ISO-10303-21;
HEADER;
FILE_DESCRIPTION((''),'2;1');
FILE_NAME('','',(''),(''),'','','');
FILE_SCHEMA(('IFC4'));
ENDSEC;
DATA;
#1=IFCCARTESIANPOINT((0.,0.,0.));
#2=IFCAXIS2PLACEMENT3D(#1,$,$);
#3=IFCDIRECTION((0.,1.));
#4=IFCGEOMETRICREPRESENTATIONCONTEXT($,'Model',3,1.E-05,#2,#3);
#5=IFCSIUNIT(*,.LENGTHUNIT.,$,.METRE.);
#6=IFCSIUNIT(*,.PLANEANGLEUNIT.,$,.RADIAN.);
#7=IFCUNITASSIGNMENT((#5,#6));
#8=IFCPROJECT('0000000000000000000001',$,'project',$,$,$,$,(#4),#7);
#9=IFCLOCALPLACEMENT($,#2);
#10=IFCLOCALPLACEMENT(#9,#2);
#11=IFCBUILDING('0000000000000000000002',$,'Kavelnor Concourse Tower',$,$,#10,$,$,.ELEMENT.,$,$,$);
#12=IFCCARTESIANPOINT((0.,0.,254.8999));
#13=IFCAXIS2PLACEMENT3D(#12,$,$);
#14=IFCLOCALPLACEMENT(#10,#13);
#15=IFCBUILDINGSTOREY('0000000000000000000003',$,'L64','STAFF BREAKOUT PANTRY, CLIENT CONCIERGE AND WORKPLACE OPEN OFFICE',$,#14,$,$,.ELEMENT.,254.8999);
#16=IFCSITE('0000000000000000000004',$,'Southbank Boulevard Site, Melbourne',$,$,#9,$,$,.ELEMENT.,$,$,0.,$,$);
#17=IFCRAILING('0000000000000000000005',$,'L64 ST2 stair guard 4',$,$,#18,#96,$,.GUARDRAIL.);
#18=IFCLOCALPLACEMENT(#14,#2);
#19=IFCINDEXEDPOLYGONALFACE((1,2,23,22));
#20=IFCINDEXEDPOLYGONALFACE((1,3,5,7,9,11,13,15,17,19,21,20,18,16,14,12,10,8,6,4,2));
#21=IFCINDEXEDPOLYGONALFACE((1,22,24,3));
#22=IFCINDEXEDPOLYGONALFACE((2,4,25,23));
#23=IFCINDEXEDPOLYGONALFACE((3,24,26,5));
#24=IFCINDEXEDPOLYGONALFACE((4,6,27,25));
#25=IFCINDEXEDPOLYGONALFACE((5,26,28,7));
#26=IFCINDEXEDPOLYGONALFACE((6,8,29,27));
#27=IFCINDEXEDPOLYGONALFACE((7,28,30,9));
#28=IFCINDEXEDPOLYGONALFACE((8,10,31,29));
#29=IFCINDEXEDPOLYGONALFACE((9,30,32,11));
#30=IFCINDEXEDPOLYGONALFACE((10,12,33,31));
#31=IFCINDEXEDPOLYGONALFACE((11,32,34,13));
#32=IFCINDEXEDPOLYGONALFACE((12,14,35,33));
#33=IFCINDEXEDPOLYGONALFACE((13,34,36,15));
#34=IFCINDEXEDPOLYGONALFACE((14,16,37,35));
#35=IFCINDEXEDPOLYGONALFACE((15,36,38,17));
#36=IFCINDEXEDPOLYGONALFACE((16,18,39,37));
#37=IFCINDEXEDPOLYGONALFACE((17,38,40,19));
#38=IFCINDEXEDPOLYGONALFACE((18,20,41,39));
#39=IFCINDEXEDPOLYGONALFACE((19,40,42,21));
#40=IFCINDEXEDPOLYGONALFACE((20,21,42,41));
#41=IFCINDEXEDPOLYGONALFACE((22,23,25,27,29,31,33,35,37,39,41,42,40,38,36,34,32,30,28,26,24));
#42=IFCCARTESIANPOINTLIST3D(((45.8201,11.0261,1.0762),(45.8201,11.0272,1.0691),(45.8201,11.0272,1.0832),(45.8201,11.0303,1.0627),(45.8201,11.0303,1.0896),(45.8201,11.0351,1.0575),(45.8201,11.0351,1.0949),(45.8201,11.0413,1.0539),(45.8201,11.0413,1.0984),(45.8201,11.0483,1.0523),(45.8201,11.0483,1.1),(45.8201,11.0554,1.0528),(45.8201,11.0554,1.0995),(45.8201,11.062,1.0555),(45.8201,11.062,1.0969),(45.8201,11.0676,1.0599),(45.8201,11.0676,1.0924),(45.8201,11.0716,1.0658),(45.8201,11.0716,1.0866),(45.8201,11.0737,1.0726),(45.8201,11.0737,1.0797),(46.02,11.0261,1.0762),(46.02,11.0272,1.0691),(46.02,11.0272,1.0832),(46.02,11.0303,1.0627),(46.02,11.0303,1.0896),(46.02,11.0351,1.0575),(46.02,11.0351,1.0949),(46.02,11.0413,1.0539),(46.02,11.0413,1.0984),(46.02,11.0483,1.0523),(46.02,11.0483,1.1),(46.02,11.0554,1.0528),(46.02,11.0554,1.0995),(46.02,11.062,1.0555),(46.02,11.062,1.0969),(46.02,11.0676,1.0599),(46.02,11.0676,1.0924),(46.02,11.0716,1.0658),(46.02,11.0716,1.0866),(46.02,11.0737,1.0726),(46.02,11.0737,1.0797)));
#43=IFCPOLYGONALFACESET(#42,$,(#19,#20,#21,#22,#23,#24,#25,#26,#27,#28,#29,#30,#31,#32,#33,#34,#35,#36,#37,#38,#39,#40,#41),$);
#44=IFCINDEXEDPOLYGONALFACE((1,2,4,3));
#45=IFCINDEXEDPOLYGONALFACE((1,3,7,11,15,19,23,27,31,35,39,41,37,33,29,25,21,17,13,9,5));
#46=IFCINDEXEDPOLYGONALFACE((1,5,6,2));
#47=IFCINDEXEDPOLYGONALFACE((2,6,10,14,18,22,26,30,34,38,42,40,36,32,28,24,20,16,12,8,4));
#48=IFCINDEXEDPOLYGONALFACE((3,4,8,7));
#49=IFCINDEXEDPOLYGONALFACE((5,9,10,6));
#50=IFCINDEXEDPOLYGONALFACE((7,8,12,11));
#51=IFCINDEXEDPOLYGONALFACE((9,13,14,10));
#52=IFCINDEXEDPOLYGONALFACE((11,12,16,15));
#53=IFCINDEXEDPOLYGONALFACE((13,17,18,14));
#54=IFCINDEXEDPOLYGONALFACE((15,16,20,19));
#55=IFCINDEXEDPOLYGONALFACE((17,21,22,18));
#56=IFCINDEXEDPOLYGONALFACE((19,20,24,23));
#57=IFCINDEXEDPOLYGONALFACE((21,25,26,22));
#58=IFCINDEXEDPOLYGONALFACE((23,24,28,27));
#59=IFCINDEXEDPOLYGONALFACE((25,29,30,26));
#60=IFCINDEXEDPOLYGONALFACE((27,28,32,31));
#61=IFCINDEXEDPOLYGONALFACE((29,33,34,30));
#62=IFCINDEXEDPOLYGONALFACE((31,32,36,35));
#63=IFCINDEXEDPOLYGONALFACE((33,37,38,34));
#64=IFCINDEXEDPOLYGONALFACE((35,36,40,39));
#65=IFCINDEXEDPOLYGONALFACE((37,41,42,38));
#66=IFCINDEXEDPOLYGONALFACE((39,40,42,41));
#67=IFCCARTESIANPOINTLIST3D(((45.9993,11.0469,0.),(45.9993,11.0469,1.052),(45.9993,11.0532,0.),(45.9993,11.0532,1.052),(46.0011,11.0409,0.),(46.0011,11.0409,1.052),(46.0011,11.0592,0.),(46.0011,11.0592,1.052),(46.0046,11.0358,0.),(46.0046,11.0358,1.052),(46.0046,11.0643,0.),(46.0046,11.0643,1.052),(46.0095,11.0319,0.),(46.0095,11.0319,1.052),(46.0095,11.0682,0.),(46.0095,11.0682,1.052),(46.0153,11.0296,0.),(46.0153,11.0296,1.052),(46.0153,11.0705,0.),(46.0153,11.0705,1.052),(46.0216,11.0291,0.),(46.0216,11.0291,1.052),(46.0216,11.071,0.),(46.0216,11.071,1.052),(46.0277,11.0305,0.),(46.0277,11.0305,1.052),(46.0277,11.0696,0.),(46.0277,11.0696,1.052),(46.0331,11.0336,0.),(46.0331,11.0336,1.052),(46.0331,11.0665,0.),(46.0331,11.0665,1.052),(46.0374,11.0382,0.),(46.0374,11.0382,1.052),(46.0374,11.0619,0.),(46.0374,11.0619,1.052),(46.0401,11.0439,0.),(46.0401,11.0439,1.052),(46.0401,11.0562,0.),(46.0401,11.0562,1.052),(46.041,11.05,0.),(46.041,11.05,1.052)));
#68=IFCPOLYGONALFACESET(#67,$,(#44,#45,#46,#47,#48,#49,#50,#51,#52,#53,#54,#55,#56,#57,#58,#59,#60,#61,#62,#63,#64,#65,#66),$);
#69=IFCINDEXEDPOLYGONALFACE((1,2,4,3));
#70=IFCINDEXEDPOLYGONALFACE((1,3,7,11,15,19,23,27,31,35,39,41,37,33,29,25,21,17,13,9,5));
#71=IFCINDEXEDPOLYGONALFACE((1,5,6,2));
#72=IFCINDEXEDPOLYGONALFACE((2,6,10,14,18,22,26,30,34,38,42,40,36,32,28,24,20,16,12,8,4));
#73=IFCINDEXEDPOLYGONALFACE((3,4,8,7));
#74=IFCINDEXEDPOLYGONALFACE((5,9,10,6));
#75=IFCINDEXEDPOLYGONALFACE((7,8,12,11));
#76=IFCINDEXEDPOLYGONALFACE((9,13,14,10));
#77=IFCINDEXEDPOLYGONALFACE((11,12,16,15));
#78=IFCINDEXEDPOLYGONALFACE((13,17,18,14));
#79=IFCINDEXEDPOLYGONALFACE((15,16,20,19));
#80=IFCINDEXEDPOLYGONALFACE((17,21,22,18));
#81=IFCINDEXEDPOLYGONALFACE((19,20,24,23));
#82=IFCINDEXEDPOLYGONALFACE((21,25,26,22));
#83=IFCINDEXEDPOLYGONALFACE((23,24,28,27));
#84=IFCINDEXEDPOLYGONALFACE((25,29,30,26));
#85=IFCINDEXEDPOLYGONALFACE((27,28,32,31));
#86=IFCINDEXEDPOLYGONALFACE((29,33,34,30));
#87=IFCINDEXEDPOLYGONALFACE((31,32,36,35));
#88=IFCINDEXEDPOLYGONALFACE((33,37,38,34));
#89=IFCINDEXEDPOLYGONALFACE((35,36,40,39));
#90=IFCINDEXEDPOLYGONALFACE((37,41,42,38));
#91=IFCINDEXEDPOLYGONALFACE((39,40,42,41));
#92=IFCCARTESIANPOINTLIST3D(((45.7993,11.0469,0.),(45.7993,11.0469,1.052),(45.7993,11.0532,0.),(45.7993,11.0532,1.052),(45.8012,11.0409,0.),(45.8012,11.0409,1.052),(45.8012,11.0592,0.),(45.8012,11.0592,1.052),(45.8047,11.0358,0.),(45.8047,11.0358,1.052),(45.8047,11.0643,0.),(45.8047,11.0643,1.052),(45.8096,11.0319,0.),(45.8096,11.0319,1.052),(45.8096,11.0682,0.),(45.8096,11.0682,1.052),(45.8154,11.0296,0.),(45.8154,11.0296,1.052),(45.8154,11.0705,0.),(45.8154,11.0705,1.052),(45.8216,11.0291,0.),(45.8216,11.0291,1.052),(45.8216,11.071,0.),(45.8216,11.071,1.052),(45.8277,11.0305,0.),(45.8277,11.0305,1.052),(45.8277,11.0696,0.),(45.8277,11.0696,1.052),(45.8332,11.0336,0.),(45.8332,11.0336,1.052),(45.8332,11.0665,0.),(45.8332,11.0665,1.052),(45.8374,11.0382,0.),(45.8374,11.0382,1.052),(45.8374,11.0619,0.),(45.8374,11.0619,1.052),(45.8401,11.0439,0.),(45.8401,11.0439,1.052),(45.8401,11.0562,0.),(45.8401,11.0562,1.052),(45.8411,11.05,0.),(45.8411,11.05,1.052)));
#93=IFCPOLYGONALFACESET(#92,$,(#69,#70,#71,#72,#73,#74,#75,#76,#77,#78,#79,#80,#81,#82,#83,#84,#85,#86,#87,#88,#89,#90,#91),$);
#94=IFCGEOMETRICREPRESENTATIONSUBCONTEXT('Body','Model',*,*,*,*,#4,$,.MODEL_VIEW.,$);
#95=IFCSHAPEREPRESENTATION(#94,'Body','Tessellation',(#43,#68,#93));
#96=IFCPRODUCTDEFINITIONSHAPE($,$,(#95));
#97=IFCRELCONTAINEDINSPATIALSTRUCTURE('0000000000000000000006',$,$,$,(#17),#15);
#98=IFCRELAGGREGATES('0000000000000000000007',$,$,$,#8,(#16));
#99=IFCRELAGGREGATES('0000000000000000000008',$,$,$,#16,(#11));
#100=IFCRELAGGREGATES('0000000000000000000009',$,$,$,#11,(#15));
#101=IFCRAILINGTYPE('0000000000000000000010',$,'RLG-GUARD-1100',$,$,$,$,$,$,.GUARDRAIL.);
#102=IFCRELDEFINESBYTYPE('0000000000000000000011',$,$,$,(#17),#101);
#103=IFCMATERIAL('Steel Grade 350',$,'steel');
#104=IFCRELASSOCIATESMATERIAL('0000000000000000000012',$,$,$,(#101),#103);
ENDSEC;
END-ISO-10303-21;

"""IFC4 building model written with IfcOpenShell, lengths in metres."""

from ifc_helpers import new_model, si_unit, direction, frame, origin, origin_2d, place, context, subcontext, project, spatial, circle, extrude, material, type_object, element, save


model = new_model("IFC4")

# Units and contexts
model_context = context("Model", 3, precision=1e-05, world=origin(), true_north=direction((0.0, 1.0)))
body_context = subcontext(model_context, "Body", "Model", "MODEL_VIEW")
ifc_project = project(units=[si_unit("LENGTHUNIT", "METRE"), si_unit("PLANEANGLEUNIT", "RADIAN")], contexts=[model_context])

# Site, building, storey
site_placement = place(None, origin())
site = spatial("IfcSite", under=ifc_project, at=site_placement, Name="Southbank Boulevard Site, Melbourne", CompositionType="ELEMENT", RefElevation=0.0)
building_placement = place(site_placement, origin())
building = spatial("IfcBuilding", under=site, at=building_placement, Name="Kavelnor Concourse Tower", CompositionType="ELEMENT")
storey_placement = place(building_placement, frame((0.0, 0.0, 254.8999)))
storey = spatial("IfcBuildingStorey", under=building, at=storey_placement, Name="L64", Description="STAFF BREAKOUT PANTRY, CLIENT CONCIERGE AND WORKPLACE OPEN OFFICE", CompositionType="ELEMENT", Elevation=254.8999)

# Shared definitions
ifc_material_1 = material(Name="Steel Grade 350", Category="steel")

# Railing
railing_type_1 = type_object("IfcRailingType", Name="RLG-GUARD-1100", PredefinedType="GUARDRAIL", material=ifc_material_1)
railing_1_placement = place(storey_placement, frame((46.02, 11.05, 0.0)))
element("IfcRailing", 1, at=railing_1_placement, inside=storey, type_object=railing_type_1, Name="L64 ST2 stair guard 4", PredefinedType="GUARDRAIL", context=body_context, shape_type="SweptSolid", body=[
    extrude(circle(Radius=0.0239, at=origin_2d()), frame((0.0, 0.0, 1.0762), z_axis=(-1.0, 0.0, 0.0), x_axis=(0.0, -1.0, 0.0)), (0.0, 0.0, 1.0), 0.2),
    extrude(circle(Radius=0.021, at=origin_2d()), origin(), (0.0, 0.0, 1.0), 1.052),
    extrude(circle(Radius=0.021, at=origin_2d()), frame((-0.2, 0.0, 0.0)), (0.0, 0.0, 1.0), 1.052),
])

save(model, "model.ifc")
